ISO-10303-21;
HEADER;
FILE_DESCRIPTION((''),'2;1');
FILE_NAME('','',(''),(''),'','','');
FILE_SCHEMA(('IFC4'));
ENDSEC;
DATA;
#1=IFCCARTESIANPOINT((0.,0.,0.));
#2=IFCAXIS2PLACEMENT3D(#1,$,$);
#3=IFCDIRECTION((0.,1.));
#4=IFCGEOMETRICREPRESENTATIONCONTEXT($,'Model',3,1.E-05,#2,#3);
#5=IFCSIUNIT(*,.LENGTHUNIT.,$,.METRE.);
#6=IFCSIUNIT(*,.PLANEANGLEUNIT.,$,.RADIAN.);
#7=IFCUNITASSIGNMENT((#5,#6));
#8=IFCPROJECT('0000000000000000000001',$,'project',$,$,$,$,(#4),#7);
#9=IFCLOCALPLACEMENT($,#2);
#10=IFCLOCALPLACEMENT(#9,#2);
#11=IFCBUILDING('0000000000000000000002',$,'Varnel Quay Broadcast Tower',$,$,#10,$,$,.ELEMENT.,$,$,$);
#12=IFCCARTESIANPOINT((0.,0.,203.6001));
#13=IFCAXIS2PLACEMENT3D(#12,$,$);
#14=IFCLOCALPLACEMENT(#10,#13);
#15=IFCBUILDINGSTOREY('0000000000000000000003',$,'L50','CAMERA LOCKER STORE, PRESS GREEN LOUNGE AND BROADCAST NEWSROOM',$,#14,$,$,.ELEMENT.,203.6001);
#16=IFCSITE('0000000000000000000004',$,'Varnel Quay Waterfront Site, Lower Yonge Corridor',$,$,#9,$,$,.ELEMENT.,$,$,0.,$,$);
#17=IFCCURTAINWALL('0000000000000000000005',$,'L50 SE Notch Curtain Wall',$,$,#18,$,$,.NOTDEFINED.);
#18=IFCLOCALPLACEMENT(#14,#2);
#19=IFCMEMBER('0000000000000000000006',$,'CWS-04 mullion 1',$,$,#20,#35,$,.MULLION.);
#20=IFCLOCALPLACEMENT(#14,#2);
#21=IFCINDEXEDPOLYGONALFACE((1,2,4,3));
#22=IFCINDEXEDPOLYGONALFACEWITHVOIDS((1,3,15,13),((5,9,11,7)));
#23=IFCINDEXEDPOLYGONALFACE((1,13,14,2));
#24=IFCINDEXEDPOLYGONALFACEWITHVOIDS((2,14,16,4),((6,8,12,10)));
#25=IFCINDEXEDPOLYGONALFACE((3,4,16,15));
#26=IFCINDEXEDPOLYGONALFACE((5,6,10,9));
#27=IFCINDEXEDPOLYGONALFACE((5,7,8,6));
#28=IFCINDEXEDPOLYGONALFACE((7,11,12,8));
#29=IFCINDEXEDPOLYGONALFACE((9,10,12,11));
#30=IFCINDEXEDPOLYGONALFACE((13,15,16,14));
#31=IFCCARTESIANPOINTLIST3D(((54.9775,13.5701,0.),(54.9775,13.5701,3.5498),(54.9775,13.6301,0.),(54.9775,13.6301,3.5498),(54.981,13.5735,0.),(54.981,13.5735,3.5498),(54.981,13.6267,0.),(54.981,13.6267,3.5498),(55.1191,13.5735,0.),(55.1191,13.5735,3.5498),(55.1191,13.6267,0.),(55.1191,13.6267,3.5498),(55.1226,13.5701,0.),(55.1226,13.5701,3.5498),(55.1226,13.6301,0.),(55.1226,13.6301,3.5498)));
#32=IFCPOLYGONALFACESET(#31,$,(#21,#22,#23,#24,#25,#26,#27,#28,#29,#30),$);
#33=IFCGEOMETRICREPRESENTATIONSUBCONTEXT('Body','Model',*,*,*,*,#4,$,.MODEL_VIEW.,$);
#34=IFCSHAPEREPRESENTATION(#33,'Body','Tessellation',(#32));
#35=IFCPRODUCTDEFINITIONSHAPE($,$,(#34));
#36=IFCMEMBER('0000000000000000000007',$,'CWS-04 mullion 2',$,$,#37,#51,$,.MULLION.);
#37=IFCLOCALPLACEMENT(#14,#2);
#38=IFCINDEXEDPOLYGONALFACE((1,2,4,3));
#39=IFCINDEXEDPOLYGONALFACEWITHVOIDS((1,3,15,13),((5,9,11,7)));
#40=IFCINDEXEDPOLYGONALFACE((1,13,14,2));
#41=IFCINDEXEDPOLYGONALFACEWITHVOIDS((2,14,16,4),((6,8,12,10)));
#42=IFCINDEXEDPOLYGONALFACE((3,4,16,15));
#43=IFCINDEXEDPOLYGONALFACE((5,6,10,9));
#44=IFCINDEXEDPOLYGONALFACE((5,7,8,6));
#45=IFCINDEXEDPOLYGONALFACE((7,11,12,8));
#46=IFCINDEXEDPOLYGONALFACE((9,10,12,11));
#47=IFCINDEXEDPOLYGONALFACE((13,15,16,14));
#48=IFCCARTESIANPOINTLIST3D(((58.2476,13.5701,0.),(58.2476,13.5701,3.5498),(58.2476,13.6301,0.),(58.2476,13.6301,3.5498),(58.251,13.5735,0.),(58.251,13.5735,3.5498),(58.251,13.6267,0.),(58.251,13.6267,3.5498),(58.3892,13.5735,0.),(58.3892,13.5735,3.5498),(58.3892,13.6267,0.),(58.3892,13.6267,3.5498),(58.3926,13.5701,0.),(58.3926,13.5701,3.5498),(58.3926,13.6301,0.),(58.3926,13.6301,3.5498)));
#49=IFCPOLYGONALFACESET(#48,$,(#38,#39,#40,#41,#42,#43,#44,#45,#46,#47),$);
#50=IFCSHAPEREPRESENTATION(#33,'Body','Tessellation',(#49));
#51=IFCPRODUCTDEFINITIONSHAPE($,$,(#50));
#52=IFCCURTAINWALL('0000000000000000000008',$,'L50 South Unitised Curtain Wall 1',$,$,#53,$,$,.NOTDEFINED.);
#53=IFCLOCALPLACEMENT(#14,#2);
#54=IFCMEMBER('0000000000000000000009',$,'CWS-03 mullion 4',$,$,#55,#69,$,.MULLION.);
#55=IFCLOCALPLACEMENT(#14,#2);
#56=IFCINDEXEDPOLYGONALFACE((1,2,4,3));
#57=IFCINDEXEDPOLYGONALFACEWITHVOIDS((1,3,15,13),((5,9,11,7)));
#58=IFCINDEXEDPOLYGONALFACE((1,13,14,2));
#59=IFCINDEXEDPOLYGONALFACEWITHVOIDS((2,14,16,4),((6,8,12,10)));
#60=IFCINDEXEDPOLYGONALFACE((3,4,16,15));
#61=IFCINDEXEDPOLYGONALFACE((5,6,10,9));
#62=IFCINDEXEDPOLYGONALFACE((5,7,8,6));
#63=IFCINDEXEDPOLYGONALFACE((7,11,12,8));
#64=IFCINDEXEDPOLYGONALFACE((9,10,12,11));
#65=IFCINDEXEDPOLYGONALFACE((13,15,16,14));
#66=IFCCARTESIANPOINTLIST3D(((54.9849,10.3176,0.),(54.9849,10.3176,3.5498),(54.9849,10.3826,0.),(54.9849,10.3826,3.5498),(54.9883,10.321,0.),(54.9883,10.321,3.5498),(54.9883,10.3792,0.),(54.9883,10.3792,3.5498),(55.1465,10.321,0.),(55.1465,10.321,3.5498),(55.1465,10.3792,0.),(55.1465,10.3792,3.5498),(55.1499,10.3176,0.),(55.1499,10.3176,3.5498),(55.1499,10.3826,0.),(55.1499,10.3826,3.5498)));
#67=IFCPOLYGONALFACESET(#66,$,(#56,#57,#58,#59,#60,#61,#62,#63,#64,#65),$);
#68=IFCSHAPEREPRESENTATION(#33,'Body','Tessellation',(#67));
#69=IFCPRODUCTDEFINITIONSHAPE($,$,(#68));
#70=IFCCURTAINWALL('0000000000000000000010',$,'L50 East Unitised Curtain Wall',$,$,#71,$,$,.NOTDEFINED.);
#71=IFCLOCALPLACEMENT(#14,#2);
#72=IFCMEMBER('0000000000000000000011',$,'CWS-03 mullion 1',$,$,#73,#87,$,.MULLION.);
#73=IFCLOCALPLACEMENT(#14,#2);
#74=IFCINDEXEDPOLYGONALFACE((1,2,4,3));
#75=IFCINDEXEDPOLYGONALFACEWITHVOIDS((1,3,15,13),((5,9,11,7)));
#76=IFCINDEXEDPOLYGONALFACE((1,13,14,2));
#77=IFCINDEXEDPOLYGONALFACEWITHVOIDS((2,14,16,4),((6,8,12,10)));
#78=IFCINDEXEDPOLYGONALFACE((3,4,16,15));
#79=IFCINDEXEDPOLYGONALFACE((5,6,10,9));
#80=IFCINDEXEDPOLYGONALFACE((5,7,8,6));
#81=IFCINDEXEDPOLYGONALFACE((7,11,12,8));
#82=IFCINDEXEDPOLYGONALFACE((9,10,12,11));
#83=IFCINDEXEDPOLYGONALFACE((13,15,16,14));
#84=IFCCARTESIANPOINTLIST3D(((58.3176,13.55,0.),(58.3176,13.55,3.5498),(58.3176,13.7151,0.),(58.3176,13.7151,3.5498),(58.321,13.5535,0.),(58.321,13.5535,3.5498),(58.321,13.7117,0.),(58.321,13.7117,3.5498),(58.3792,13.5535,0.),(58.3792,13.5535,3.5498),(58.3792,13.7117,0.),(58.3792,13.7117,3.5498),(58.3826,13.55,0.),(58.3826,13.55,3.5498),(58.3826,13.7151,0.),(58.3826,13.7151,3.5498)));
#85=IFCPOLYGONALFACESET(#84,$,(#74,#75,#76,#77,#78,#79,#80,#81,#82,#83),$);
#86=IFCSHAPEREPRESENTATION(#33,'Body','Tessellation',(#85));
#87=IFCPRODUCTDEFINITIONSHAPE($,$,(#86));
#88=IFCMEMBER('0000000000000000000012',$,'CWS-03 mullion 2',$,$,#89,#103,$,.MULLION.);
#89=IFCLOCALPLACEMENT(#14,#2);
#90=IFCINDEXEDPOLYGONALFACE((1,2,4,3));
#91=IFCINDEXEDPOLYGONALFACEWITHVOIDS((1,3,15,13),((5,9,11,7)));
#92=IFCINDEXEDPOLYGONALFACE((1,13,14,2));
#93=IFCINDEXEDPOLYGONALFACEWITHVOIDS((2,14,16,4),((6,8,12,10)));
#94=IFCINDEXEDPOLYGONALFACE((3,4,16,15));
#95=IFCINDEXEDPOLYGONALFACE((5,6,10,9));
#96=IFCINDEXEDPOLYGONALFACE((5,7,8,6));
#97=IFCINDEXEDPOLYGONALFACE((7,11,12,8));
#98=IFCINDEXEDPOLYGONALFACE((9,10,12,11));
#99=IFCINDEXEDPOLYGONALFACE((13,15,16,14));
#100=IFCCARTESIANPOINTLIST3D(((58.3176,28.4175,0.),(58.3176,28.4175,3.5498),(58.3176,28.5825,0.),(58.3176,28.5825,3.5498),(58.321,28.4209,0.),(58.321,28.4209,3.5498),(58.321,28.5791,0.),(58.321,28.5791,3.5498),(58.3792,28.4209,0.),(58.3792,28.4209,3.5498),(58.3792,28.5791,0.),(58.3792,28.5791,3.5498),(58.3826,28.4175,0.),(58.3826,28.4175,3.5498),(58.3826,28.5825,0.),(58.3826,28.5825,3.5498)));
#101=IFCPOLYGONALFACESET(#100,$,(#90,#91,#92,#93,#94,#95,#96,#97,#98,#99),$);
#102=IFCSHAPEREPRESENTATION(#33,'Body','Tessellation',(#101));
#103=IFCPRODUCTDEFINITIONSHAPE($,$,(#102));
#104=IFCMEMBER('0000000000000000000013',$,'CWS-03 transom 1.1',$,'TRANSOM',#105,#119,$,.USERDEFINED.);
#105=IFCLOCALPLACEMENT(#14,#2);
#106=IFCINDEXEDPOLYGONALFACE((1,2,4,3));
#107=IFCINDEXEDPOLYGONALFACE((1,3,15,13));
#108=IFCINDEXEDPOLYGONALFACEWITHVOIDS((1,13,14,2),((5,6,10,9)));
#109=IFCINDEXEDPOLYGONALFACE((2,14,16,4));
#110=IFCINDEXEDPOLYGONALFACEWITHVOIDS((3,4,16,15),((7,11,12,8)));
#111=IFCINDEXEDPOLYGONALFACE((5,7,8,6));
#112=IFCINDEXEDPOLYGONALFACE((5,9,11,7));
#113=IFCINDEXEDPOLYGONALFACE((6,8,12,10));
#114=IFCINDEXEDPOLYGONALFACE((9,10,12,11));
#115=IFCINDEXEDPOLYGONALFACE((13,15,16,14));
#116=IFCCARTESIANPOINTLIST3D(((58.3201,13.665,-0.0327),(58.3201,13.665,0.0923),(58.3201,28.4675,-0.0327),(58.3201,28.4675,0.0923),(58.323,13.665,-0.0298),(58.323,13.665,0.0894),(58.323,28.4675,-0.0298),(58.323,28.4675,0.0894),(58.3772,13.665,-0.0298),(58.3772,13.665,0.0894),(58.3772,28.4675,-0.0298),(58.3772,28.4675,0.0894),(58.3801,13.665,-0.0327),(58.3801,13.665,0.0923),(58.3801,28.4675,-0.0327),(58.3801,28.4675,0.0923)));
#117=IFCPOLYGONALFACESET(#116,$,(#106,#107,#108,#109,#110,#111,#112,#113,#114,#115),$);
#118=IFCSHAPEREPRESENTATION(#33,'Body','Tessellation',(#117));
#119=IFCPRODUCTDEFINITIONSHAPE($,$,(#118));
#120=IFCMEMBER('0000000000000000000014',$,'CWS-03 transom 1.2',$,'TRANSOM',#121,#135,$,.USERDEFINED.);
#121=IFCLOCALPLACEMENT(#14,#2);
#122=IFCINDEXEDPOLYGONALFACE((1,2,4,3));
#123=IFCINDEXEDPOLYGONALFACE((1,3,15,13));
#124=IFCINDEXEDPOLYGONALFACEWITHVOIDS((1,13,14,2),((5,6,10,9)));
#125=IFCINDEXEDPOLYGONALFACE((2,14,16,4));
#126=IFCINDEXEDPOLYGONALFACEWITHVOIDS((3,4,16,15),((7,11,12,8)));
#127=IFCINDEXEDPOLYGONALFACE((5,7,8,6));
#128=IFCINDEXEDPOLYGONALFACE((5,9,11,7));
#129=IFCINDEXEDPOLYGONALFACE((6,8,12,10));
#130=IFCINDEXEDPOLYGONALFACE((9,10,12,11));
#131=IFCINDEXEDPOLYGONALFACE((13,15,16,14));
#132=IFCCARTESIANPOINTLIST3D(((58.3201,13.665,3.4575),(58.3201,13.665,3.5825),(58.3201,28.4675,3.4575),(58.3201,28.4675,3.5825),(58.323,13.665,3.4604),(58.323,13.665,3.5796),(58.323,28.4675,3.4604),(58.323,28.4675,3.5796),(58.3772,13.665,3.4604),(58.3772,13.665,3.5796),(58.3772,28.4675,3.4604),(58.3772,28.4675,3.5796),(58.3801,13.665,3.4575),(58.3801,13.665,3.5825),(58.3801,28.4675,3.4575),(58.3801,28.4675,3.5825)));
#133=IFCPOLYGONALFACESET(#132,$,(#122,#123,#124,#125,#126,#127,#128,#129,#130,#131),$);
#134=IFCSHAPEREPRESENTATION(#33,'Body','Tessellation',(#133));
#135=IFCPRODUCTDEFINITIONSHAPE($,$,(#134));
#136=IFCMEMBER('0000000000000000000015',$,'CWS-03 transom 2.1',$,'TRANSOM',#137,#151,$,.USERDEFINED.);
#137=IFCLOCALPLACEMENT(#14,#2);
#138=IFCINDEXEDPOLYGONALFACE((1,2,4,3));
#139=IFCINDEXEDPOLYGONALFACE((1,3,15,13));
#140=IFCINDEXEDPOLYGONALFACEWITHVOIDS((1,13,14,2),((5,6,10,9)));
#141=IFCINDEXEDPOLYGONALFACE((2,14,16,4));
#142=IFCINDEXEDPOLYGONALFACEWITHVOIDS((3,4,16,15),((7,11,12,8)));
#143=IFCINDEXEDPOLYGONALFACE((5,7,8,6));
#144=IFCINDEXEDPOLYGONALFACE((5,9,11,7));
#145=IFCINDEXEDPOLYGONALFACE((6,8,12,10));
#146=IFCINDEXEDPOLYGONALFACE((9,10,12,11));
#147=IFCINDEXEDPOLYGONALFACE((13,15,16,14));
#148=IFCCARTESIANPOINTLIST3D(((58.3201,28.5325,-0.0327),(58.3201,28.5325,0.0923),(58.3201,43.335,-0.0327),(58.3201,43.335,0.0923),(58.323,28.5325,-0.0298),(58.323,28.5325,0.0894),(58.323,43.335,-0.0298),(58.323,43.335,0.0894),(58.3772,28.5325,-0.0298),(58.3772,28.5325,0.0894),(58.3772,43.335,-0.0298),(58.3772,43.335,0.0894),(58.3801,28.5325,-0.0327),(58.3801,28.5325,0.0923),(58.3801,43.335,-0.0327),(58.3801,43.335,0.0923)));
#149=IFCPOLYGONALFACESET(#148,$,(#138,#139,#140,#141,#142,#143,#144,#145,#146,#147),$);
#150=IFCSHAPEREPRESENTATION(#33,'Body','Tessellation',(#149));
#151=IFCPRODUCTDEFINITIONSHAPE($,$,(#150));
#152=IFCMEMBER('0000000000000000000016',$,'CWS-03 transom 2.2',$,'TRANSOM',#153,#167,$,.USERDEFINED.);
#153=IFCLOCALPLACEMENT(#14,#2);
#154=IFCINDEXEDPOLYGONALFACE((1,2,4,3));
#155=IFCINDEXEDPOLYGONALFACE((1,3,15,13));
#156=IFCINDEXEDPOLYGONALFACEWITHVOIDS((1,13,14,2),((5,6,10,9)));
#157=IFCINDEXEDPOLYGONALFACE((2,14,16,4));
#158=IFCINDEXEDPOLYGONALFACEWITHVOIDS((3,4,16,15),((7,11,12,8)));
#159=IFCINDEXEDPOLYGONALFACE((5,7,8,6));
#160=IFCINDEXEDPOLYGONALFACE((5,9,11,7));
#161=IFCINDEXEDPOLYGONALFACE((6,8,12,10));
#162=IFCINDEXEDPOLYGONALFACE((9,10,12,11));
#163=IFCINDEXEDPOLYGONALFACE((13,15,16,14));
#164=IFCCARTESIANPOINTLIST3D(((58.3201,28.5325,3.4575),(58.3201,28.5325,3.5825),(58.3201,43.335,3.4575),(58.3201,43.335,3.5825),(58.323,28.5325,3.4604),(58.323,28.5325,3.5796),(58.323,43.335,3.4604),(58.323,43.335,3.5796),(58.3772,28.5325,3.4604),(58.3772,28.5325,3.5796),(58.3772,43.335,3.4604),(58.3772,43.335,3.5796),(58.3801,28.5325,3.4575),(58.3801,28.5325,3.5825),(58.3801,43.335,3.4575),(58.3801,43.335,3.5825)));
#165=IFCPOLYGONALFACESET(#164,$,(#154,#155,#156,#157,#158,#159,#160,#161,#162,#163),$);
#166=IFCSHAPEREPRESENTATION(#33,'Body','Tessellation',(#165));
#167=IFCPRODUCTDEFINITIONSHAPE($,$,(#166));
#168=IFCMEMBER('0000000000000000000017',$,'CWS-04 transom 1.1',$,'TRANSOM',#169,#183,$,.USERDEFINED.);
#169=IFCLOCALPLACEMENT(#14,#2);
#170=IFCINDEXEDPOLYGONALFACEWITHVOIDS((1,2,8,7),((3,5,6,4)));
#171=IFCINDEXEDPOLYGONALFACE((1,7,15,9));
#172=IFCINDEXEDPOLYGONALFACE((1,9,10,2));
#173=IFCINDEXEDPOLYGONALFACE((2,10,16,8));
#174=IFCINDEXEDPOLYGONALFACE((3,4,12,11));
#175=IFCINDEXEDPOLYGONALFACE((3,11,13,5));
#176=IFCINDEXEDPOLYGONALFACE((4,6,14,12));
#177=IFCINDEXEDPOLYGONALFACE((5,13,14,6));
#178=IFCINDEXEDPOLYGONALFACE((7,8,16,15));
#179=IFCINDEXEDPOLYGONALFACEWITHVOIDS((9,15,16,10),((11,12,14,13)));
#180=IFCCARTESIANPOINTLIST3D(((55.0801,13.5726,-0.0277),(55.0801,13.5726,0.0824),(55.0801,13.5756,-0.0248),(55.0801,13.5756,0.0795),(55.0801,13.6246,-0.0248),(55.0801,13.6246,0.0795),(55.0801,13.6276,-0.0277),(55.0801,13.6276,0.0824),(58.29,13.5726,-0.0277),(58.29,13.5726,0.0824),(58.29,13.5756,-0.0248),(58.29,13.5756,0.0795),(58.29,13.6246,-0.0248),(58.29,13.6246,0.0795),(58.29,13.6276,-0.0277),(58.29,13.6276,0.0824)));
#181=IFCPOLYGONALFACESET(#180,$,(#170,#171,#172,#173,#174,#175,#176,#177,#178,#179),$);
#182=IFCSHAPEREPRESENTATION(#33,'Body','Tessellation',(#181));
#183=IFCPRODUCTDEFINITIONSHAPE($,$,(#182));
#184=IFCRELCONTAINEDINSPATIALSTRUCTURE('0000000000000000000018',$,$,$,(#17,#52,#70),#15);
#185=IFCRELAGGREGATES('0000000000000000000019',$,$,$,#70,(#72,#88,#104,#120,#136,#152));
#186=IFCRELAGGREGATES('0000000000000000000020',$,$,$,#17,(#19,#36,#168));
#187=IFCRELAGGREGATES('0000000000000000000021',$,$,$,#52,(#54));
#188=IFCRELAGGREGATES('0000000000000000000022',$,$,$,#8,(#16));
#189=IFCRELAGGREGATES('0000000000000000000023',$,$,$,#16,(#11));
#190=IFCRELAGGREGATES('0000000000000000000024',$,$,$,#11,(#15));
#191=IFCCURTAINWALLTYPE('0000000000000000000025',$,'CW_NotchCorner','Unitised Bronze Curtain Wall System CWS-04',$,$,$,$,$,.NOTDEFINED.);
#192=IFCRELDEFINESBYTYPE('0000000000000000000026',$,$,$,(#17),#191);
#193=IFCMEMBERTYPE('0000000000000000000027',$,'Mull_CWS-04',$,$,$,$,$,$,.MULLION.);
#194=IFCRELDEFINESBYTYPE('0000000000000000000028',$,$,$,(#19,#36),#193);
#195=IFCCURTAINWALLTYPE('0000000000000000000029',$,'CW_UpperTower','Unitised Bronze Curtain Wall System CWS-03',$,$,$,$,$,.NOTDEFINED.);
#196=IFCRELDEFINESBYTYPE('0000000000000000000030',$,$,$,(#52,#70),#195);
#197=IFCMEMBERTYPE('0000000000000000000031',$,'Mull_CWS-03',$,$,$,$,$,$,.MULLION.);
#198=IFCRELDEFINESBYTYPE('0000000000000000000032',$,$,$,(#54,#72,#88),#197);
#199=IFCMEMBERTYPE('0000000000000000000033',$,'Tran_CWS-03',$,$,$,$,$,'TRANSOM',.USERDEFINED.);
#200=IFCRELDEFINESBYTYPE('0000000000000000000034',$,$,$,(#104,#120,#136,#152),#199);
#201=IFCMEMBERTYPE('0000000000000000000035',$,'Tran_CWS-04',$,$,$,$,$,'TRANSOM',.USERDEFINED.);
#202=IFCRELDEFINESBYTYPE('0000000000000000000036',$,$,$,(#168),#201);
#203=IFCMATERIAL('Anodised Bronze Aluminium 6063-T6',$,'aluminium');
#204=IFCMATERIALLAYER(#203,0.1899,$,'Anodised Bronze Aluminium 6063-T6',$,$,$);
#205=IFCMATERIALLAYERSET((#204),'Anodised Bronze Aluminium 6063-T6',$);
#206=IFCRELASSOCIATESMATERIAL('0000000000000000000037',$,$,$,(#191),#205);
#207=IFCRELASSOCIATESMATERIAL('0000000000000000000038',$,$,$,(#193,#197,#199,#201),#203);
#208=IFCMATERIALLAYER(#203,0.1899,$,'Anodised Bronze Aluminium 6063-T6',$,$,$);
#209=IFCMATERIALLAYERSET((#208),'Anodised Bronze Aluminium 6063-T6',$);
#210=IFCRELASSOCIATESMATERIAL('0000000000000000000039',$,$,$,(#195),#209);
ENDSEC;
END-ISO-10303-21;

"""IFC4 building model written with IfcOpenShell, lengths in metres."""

from ifc_helpers import new_model, si_unit, direction, frame, origin, origin_2d, place, context, subcontext, project, spatial, hollow_rectangle, extrude, source, transform, mapped, material, layer, layer_set, material_profile, profile_set, type_object, type_shapes, element, aggregate, save


model = new_model("IFC4")

# Units and contexts
model_context = context("Model", 3, precision=1e-05, world=origin(), true_north=direction((0.0, 1.0)))
body_context = subcontext(model_context, "Body", "Model", "MODEL_VIEW")
ifc_project = project(units=[si_unit("LENGTHUNIT", "METRE"), si_unit("PLANEANGLEUNIT", "RADIAN")], contexts=[model_context])

# Site, building, storey
site_placement = place(None, origin())
site = spatial("IfcSite", under=ifc_project, at=site_placement, Name="Varnel Quay Waterfront Site, Lower Yonge Corridor", CompositionType="ELEMENT", RefElevation=0.0)
building_placement = place(site_placement, origin())
building = spatial("IfcBuilding", under=site, at=building_placement, Name="Varnel Quay Broadcast Tower", CompositionType="ELEMENT")
storey_placement = place(building_placement, frame((0.0, 0.0, 203.6001)))
storey = spatial("IfcBuildingStorey", under=building, at=storey_placement, Name="L50", Description="CAMERA LOCKER STORE, PRESS GREEN LOUNGE AND BROADCAST NEWSROOM", CompositionType="ELEMENT", Elevation=203.6001)

# Curtain wall, members
ifc_material_1 = material(Name="Anodised Bronze Aluminium 6063-T6", Category="aluminium")
ifc_layer_1 = layer(ifc_material_1, 0.1899, Name="Anodised Bronze Aluminium 6063-T6")
ifc_layer_set_1 = layer_set([ifc_layer_1], Name="Anodised Bronze Aluminium 6063-T6")
curtain_wall_type_1 = type_object("IfcCurtainWallType", Name="CW_NotchCorner", Description="Unitised Bronze Curtain Wall System CWS-04", PredefinedType="NOTDEFINED", material=ifc_layer_set_1)
curtain_wall_1_placement = place(storey_placement, origin())
curtain_wall_1 = element("IfcCurtainWall", 1, at=curtain_wall_1_placement, inside=storey, type_object=curtain_wall_type_1, Name="L50 SE Notch Curtain Wall", PredefinedType="NOTDEFINED")
ifc_material_profile_1 = material_profile(ifc_material_1, hollow_rectangle(XDim=0.0601, YDim=0.145, WallThickness=0.0034, at=origin_2d()), Name="ALU60X145X3.5")
ifc_profile_set_1 = profile_set([ifc_material_profile_1], Name="Anodised Bronze Aluminium 6063-T6")
member_type_1 = type_object("IfcMemberType", Name="Mull_CWS-04", PredefinedType="MULLION", material=ifc_profile_set_1)
shared_shape_1 = source(origin(), body_context, "Body", "SweptSolid", [
    extrude(hollow_rectangle(XDim=0.0601, YDim=0.145, WallThickness=0.0034, at=origin_2d()), origin(), (0.0, 0.0, 1.0), 3.5498),
])
type_shapes(member_type_1, [shared_shape_1])
member_1_placement = place(storey_placement, frame((55.05, 13.6001, 0.0), z_axis=(0.0, 0.0, 1.0), x_axis=(0.0, 1.0, 0.0)))
member_1 = element("IfcMember", 2, at=member_1_placement, type_object=member_type_1, Name="CWS-04 mullion 1", PredefinedType="MULLION", context=body_context, shape_type="MappedRepresentation", body=[
    mapped(shared_shape_1, transform((0.0, 0.0, 0.0), x_axis=(1.0, 0.0, 0.0), y_axis=(0.0, 1.0, 0.0), z_axis=(0.0, 0.0, 1.0), scale=1.0)),
])
member_2_placement = place(storey_placement, frame((58.3201, 13.6001, 0.0), z_axis=(0.0, 0.0, 1.0), x_axis=(0.0, 1.0, 0.0)))
member_2 = element("IfcMember", 3, at=member_2_placement, type_object=member_type_1, Name="CWS-04 mullion 2", PredefinedType="MULLION", context=body_context, shape_type="MappedRepresentation", body=[
    mapped(shared_shape_1, transform((0.0, 0.0, 0.0), x_axis=(1.0, 0.0, 0.0), y_axis=(0.0, 1.0, 0.0), z_axis=(0.0, 0.0, 1.0), scale=1.0)),
])

# Curtain wall, member
ifc_layer_2 = layer(ifc_material_1, 0.1899, Name="Anodised Bronze Aluminium 6063-T6")
ifc_layer_set_2 = layer_set([ifc_layer_2], Name="Anodised Bronze Aluminium 6063-T6")
curtain_wall_type_2 = type_object("IfcCurtainWallType", Name="CW_UpperTower", Description="Unitised Bronze Curtain Wall System CWS-03", PredefinedType="NOTDEFINED", material=ifc_layer_set_2)
curtain_wall_2_placement = place(storey_placement, origin())
curtain_wall_2 = element("IfcCurtainWall", 4, at=curtain_wall_2_placement, inside=storey, type_object=curtain_wall_type_2, Name="L50 South Unitised Curtain Wall 1", PredefinedType="NOTDEFINED")
ifc_material_profile_2 = material_profile(ifc_material_1, hollow_rectangle(XDim=0.0649, YDim=0.165, WallThickness=0.0034, at=origin_2d()), Name="ALU65X165X3.5")
ifc_profile_set_2 = profile_set([ifc_material_profile_2], Name="Anodised Bronze Aluminium 6063-T6")
member_type_2 = type_object("IfcMemberType", Name="Mull_CWS-03", PredefinedType="MULLION", material=ifc_profile_set_2)
shared_shape_2 = source(origin(), body_context, "Body", "SweptSolid", [
    extrude(hollow_rectangle(XDim=0.0649, YDim=0.165, WallThickness=0.0034, at=origin_2d()), origin(), (0.0, 0.0, 1.0), 3.5498),
])
type_shapes(member_type_2, [shared_shape_2])
member_3_placement = place(storey_placement, frame((55.0674, 10.3501, 0.0), z_axis=(0.0, 0.0, 1.0), x_axis=(0.0, 1.0, 0.0)))
member_3 = element("IfcMember", 5, at=member_3_placement, type_object=member_type_2, Name="CWS-03 mullion 4", PredefinedType="MULLION", context=body_context, shape_type="MappedRepresentation", body=[
    mapped(shared_shape_2, transform((0.0, 0.0, 0.0), x_axis=(1.0, 0.0, 0.0), y_axis=(0.0, 1.0, 0.0), z_axis=(0.0, 0.0, 1.0), scale=1.0)),
])

# Curtain wall, members
curtain_wall_3_placement = place(storey_placement, origin())
curtain_wall_3 = element("IfcCurtainWall", 6, at=curtain_wall_3_placement, inside=storey, type_object=curtain_wall_type_2, Name="L50 East Unitised Curtain Wall", PredefinedType="NOTDEFINED")
member_4_placement = place(storey_placement, frame((58.3501, 13.6326, 0.0), z_axis=(0.0, 0.0, 1.0), x_axis=(-1.0, 0.0, 0.0)))
member_4 = element("IfcMember", 7, at=member_4_placement, type_object=member_type_2, Name="CWS-03 mullion 1", PredefinedType="MULLION", context=body_context, shape_type="MappedRepresentation", body=[
    mapped(shared_shape_2, transform((0.0, 0.0, 0.0), x_axis=(1.0, 0.0, 0.0), y_axis=(0.0, 1.0, 0.0), z_axis=(0.0, 0.0, 1.0), scale=1.0)),
])
member_5_placement = place(storey_placement, frame((58.3501, 28.5, 0.0), z_axis=(0.0, 0.0, 1.0), x_axis=(-1.0, 0.0, 0.0)))
member_5 = element("IfcMember", 8, at=member_5_placement, type_object=member_type_2, Name="CWS-03 mullion 2", PredefinedType="MULLION", context=body_context, shape_type="MappedRepresentation", body=[
    mapped(shared_shape_2, transform((0.0, 0.0, 0.0), x_axis=(1.0, 0.0, 0.0), y_axis=(0.0, 1.0, 0.0), z_axis=(0.0, 0.0, 1.0), scale=1.0)),
])
ifc_material_profile_3 = material_profile(ifc_material_1, hollow_rectangle(XDim=0.0601, YDim=0.125, WallThickness=0.0029, at=origin_2d()), Name="ALU60X125X3")
ifc_profile_set_3 = profile_set([ifc_material_profile_3], Name="Anodised Bronze Aluminium 6063-T6")
member_type_3 = type_object("IfcMemberType", Name="Tran_CWS-03", ElementType="TRANSOM", PredefinedType="USERDEFINED", material=ifc_profile_set_3)
shared_shape_3 = source(origin(), body_context, "Body", "SweptSolid", [
    extrude(hollow_rectangle(XDim=0.0601, YDim=0.125, WallThickness=0.0029, at=origin_2d()), origin(), (0.0, 0.0, 1.0), 14.8025),
])
type_shapes(member_type_3, [shared_shape_3])
member_6_placement = place(storey_placement, frame((58.3501, 13.665, 0.0298), z_axis=(0.0, 1.0, 0.0), x_axis=(-1.0, 0.0, 0.0)))
member_6 = element("IfcMember", 9, at=member_6_placement, type_object=member_type_3, Name="CWS-03 transom 1.1", ObjectType="TRANSOM", PredefinedType="USERDEFINED", context=body_context, shape_type="MappedRepresentation", body=[
    mapped(shared_shape_3, transform((0.0, 0.0, 0.0), x_axis=(1.0, 0.0, 0.0), y_axis=(0.0, 1.0, 0.0), z_axis=(0.0, 0.0, 1.0), scale=1.0)),
])
member_7_placement = place(storey_placement, frame((58.3501, 13.665, 3.52), z_axis=(0.0, 1.0, 0.0), x_axis=(-1.0, 0.0, 0.0)))
member_7 = element("IfcMember", 10, at=member_7_placement, type_object=member_type_3, Name="CWS-03 transom 1.2", ObjectType="TRANSOM", PredefinedType="USERDEFINED", context=body_context, shape_type="MappedRepresentation", body=[
    mapped(shared_shape_3, transform((0.0, 0.0, 0.0), x_axis=(1.0, 0.0, 0.0), y_axis=(0.0, 1.0, 0.0), z_axis=(0.0, 0.0, 1.0), scale=1.0)),
])
member_8_placement = place(storey_placement, frame((58.3501, 28.5325, 0.0298), z_axis=(0.0, 1.0, 0.0), x_axis=(-1.0, 0.0, 0.0)))
member_8 = element("IfcMember", 11, at=member_8_placement, type_object=member_type_3, Name="CWS-03 transom 2.1", ObjectType="TRANSOM", PredefinedType="USERDEFINED", context=body_context, shape_type="MappedRepresentation", body=[
    mapped(shared_shape_3, transform((0.0, 0.0, 0.0), x_axis=(1.0, 0.0, 0.0), y_axis=(0.0, 1.0, 0.0), z_axis=(0.0, 0.0, 1.0), scale=1.0)),
])
member_9_placement = place(storey_placement, frame((58.3501, 28.5325, 3.52), z_axis=(0.0, 1.0, 0.0), x_axis=(-1.0, 0.0, 0.0)))
member_9 = element("IfcMember", 12, at=member_9_placement, type_object=member_type_3, Name="CWS-03 transom 2.2", ObjectType="TRANSOM", PredefinedType="USERDEFINED", context=body_context, shape_type="MappedRepresentation", body=[
    mapped(shared_shape_3, transform((0.0, 0.0, 0.0), x_axis=(1.0, 0.0, 0.0), y_axis=(0.0, 1.0, 0.0), z_axis=(0.0, 0.0, 1.0), scale=1.0)),
])

# Member
ifc_material_profile_4 = material_profile(ifc_material_1, hollow_rectangle(XDim=0.0549, YDim=0.1101, WallThickness=0.0029, at=origin_2d()), Name="ALU55X110X3")
ifc_profile_set_4 = profile_set([ifc_material_profile_4], Name="Anodised Bronze Aluminium 6063-T6")
member_type_4 = type_object("IfcMemberType", Name="Tran_CWS-04", ElementType="TRANSOM", PredefinedType="USERDEFINED", material=ifc_profile_set_4)
shared_shape_4 = source(origin(), body_context, "Body", "SweptSolid", [
    extrude(hollow_rectangle(XDim=0.0549, YDim=0.1101, WallThickness=0.0029, at=origin_2d()), origin(), (0.0, 0.0, 1.0), 3.21),
])
type_shapes(member_type_4, [shared_shape_4])
member_10_placement = place(storey_placement, frame((55.0801, 13.6001, 0.0273), z_axis=(1.0, 0.0, 0.0), x_axis=(0.0, 1.0, 0.0)))
member_10 = element("IfcMember", 13, at=member_10_placement, type_object=member_type_4, Name="CWS-04 transom 1.1", ObjectType="TRANSOM", PredefinedType="USERDEFINED", context=body_context, shape_type="MappedRepresentation", body=[
    mapped(shared_shape_4, transform((0.0, 0.0, 0.0), x_axis=(1.0, 0.0, 0.0), y_axis=(0.0, 1.0, 0.0), z_axis=(0.0, 0.0, 1.0), scale=1.0)),
])

aggregate(curtain_wall_3, [member_4, member_5, member_6, member_7, member_8, member_9])
aggregate(curtain_wall_1, [member_1, member_2, member_10])
aggregate(curtain_wall_2, [member_3])

save(model, "model.ifc")
